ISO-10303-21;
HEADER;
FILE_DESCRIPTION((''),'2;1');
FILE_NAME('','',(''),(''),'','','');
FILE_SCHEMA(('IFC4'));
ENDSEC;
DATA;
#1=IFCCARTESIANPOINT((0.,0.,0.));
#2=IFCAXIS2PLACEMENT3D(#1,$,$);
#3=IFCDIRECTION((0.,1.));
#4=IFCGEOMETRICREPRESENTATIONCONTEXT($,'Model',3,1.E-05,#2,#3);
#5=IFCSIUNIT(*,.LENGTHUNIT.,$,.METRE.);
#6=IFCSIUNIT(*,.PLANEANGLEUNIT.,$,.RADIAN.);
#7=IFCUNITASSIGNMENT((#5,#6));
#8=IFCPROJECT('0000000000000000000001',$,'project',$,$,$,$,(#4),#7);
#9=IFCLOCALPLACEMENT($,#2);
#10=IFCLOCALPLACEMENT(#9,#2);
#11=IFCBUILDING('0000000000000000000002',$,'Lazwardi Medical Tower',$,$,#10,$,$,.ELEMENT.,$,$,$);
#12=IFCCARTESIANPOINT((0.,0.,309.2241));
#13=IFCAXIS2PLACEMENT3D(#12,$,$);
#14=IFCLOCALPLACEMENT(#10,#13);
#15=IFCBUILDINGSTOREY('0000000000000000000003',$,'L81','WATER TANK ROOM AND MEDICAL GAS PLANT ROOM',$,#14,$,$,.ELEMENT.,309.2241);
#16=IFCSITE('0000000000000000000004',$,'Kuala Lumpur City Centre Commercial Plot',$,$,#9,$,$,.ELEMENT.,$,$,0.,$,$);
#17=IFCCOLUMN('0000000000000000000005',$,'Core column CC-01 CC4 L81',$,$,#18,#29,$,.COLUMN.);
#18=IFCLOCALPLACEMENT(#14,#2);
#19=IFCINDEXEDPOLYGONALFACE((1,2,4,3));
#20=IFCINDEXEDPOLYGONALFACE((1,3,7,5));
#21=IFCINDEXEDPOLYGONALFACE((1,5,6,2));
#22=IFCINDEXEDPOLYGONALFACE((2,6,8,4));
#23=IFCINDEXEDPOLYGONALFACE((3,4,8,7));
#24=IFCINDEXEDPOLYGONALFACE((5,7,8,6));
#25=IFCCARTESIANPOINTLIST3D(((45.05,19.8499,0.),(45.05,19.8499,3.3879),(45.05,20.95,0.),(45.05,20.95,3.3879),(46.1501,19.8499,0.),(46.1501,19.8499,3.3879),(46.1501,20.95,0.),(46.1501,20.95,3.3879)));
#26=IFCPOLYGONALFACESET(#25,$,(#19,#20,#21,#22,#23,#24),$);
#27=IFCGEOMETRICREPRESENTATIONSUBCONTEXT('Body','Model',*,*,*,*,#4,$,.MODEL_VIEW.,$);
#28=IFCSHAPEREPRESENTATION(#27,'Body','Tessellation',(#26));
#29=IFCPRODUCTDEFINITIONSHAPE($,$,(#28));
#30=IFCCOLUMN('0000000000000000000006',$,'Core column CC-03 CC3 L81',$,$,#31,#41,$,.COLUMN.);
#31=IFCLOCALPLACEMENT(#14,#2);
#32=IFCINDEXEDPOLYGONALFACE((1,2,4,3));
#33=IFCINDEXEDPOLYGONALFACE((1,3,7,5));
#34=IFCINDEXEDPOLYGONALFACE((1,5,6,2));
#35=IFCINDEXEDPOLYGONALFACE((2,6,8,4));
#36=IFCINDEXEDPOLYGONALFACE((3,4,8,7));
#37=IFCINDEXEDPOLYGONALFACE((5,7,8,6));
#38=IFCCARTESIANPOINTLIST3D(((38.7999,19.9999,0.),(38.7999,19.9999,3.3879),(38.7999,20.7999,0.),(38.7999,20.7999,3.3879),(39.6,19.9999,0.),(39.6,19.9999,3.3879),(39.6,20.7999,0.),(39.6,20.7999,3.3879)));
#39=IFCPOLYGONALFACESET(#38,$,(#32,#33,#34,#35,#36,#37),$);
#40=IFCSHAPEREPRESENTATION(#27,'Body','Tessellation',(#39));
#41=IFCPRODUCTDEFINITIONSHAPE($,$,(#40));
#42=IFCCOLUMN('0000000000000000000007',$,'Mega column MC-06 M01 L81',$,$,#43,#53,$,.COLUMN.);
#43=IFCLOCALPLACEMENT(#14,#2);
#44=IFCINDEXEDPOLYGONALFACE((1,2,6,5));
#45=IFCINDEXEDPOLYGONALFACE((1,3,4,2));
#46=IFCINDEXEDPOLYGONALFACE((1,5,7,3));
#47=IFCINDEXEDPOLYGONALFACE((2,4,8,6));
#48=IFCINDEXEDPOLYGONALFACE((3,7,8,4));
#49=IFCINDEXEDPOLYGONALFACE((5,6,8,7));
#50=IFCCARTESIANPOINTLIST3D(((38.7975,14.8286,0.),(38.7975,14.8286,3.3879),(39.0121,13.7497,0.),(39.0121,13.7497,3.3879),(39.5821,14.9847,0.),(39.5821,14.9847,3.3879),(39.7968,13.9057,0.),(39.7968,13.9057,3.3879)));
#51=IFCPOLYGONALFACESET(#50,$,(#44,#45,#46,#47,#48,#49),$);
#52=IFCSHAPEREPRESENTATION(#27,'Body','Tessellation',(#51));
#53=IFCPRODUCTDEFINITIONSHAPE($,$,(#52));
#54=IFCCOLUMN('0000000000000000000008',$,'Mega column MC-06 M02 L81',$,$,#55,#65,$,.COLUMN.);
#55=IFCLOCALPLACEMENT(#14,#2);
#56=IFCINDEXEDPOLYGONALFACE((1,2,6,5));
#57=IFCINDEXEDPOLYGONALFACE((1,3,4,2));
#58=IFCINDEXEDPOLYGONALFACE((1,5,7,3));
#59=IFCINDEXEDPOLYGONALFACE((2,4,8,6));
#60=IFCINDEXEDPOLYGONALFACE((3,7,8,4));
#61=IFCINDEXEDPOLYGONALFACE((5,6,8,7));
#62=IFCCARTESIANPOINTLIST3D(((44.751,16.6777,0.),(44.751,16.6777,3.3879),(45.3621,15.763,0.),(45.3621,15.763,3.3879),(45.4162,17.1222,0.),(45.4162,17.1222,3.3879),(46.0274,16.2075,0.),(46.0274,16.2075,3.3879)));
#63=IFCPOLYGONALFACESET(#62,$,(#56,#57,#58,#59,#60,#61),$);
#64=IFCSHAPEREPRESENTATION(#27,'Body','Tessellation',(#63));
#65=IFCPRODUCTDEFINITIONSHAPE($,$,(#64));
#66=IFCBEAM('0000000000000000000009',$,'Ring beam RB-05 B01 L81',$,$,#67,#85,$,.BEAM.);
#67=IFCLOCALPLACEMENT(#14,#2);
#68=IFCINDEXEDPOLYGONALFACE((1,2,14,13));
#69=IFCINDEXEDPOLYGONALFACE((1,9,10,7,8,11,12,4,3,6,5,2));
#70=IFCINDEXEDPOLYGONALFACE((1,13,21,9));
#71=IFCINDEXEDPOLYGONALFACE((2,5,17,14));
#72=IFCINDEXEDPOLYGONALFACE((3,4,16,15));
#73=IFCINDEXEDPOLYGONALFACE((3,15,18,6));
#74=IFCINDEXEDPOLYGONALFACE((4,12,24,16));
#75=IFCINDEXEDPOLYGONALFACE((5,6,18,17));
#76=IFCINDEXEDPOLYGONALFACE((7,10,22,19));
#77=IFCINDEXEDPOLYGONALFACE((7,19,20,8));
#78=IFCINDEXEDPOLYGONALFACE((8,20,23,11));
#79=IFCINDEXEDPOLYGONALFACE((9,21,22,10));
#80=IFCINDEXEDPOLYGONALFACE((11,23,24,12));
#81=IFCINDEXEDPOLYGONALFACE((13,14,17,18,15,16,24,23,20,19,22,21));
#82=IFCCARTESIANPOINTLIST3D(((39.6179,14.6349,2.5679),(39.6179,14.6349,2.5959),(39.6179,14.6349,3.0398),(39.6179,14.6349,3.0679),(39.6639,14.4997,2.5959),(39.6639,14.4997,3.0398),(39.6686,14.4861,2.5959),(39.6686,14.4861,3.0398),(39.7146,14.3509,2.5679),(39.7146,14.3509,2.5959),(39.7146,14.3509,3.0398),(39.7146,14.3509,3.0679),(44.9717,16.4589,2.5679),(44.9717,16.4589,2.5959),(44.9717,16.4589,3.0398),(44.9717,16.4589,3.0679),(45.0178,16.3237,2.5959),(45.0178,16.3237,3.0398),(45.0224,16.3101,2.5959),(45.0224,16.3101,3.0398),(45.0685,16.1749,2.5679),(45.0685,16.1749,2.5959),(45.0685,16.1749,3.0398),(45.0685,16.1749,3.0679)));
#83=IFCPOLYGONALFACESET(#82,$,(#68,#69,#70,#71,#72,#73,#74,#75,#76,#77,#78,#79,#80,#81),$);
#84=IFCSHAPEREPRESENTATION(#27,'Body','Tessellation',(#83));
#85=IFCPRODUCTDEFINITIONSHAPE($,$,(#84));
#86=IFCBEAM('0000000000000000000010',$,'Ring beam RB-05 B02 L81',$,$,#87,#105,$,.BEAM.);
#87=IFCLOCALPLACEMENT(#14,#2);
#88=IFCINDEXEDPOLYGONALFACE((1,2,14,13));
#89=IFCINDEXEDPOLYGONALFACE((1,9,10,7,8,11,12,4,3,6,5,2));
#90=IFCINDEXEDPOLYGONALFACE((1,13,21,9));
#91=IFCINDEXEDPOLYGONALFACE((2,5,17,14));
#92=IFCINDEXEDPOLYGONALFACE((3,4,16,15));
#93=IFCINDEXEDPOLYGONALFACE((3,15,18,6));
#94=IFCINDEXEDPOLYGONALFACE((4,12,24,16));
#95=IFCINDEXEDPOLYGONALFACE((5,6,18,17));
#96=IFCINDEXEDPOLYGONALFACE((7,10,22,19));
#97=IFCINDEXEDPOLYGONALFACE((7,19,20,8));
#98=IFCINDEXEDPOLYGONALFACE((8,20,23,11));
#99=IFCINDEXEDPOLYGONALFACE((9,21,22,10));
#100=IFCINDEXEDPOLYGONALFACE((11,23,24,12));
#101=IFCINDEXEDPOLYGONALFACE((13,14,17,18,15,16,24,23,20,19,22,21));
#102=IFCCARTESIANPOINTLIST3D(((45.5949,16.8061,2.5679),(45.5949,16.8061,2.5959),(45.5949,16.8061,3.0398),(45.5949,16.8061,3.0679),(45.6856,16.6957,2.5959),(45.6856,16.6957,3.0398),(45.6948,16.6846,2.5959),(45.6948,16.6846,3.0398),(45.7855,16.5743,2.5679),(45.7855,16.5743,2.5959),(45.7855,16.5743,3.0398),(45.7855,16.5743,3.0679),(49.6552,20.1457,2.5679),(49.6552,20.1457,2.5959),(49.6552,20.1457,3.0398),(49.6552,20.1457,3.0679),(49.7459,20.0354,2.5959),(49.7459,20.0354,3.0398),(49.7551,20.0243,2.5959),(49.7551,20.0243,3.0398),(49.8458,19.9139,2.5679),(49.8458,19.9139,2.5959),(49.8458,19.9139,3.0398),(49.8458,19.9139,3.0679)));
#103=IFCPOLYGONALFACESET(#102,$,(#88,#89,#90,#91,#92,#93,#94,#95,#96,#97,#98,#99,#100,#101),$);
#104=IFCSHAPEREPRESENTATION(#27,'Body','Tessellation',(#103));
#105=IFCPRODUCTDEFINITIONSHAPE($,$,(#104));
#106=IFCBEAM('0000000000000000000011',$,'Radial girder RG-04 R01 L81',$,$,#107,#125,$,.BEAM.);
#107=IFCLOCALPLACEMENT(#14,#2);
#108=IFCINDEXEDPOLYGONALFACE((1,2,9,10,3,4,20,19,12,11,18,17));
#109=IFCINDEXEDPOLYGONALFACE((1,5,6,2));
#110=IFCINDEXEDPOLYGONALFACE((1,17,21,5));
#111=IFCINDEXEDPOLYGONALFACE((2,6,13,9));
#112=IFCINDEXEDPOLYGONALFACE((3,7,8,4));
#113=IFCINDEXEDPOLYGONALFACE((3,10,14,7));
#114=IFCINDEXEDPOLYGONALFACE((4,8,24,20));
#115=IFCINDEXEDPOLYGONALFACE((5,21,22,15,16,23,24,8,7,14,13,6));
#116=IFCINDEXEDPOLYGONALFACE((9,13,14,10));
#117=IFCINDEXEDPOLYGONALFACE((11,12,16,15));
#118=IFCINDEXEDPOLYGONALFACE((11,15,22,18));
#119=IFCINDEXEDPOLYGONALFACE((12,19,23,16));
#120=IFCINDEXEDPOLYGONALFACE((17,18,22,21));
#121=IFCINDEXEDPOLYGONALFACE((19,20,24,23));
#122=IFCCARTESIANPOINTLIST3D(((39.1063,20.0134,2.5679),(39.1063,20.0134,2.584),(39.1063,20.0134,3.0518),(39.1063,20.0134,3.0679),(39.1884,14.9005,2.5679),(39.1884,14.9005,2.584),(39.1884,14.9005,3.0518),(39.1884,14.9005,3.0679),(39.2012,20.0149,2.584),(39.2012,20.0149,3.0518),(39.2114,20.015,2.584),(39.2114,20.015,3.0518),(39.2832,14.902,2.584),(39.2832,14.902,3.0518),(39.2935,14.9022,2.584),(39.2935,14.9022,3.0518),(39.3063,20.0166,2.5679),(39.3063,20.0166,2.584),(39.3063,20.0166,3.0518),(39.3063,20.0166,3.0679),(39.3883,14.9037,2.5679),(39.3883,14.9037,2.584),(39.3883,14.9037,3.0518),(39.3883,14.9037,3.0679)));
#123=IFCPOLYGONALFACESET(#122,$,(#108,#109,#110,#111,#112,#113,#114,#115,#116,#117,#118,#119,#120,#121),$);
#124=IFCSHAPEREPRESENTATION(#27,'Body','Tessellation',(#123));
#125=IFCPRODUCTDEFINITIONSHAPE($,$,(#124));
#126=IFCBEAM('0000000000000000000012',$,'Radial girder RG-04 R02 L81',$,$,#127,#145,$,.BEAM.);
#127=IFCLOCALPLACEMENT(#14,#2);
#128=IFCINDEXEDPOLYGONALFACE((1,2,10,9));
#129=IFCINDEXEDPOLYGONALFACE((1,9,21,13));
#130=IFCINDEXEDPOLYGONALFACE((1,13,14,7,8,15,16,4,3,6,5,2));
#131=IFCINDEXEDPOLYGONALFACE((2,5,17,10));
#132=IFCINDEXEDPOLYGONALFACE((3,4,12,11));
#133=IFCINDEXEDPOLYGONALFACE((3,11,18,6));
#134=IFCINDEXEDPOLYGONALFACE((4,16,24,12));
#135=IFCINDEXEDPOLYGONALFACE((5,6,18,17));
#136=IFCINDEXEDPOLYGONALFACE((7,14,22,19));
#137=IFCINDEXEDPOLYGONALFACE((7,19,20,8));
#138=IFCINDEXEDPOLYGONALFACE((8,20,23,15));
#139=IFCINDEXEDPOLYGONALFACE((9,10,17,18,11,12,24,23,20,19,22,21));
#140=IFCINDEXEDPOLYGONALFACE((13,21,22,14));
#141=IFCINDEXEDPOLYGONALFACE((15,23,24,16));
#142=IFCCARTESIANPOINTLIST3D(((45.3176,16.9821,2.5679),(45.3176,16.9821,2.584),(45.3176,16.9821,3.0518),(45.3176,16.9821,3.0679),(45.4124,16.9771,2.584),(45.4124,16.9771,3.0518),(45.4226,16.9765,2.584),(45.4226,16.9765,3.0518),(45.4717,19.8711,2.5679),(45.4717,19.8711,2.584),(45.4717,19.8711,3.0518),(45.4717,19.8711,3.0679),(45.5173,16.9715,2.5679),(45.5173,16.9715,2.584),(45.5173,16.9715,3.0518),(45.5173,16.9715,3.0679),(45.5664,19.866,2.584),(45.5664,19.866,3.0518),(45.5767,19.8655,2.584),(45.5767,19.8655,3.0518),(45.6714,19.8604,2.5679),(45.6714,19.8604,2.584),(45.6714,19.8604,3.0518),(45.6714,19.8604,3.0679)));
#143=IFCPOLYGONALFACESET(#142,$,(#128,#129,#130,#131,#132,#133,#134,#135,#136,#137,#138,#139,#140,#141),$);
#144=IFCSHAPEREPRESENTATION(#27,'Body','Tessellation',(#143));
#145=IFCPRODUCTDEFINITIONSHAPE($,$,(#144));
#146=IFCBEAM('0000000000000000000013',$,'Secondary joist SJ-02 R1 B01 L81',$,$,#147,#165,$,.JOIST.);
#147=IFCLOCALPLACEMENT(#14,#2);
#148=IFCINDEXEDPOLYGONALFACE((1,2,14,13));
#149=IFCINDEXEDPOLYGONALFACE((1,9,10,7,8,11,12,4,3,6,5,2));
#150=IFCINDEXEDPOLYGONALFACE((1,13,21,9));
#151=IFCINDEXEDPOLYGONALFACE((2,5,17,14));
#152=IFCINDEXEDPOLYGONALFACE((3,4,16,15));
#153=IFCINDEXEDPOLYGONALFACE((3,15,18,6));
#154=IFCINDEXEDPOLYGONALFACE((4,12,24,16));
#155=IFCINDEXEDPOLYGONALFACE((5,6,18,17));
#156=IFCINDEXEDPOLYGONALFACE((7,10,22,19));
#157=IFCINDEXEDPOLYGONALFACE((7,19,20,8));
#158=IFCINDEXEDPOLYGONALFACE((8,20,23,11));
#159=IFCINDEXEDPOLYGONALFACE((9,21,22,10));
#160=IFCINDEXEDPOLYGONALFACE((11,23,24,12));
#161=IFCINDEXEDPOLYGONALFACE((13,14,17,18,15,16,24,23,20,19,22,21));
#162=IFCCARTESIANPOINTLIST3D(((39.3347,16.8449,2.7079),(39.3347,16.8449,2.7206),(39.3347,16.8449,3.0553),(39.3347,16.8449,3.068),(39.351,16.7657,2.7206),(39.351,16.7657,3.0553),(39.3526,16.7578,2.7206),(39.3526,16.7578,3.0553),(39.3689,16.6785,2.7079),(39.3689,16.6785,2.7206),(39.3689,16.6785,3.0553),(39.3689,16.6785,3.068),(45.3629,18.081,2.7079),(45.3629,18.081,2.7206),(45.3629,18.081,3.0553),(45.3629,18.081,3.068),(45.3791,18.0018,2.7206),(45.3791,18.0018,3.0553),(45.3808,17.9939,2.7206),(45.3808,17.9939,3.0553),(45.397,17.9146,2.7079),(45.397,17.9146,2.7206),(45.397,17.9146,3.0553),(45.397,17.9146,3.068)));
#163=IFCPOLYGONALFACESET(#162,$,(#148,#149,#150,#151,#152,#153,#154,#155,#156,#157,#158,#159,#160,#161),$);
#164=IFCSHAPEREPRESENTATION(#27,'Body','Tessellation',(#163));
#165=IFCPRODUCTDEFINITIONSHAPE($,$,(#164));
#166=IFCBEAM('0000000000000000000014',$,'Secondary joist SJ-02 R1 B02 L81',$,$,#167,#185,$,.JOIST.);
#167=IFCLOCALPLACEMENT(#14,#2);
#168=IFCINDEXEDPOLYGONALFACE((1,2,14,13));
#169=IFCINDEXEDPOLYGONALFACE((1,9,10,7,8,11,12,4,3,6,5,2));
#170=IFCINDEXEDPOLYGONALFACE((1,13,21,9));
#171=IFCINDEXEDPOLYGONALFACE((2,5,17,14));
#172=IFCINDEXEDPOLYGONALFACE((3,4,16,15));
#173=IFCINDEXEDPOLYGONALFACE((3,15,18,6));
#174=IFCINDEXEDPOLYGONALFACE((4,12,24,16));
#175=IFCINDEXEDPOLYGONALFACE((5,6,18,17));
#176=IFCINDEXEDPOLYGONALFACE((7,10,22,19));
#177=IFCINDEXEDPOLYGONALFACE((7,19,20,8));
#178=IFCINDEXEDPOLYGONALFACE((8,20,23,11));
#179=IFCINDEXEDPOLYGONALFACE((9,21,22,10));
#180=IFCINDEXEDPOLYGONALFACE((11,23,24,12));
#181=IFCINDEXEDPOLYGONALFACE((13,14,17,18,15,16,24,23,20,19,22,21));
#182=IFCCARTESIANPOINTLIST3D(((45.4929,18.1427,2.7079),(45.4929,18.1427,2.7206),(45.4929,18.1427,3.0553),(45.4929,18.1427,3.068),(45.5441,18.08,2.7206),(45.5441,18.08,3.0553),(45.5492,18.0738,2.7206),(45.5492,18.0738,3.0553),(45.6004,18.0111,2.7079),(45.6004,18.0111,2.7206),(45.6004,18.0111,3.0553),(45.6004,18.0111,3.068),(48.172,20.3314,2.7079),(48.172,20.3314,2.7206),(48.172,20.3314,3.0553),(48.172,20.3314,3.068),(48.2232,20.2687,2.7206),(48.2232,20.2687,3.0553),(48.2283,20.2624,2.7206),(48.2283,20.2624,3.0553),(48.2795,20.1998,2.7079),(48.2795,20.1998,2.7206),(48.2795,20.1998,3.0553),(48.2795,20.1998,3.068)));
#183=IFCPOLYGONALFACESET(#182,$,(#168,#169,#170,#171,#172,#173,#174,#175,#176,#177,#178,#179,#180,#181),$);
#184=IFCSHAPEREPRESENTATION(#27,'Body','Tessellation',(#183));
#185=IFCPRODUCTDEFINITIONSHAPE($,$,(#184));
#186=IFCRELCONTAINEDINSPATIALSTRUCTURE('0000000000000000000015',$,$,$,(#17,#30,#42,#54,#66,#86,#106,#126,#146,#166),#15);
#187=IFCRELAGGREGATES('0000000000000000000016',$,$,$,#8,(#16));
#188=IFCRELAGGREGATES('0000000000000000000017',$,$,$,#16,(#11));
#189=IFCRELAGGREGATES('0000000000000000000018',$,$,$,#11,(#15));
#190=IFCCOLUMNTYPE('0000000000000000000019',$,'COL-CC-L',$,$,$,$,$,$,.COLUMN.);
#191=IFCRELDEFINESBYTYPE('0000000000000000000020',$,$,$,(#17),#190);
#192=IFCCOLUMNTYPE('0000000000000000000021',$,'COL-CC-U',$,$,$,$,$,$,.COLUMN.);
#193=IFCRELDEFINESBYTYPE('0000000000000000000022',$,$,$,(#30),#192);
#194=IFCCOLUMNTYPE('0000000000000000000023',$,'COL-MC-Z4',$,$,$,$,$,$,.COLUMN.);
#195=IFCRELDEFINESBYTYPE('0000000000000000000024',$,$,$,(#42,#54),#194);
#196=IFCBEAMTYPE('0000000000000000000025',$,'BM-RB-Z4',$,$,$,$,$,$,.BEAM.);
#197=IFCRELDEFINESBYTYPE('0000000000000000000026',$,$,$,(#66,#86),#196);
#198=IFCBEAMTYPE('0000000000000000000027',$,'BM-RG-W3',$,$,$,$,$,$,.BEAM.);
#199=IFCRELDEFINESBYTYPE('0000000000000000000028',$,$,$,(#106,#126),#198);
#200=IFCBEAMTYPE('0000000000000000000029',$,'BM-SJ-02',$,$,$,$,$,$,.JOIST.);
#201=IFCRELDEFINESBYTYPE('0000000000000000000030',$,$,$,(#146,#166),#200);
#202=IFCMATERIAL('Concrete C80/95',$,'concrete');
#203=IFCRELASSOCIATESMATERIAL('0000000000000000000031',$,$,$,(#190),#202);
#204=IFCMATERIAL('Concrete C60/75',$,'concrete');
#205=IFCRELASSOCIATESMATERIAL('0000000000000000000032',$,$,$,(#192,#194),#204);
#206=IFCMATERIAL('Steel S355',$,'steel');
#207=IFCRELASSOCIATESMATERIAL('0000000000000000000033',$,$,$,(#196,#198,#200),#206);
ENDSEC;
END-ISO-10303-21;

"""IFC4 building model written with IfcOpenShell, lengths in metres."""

from ifc_helpers import new_model, si_unit, direction, frame, origin, origin_2d, place, context, subcontext, project, spatial, rectangle, i_section, extrude, material, material_profile, profile_set, type_object, element, save


model = new_model("IFC4")

# Units and contexts
model_context = context("Model", 3, precision=1e-05, world=origin(), true_north=direction((0.0, 1.0)))
body_context = subcontext(model_context, "Body", "Model", "MODEL_VIEW")
ifc_project = project(units=[si_unit("LENGTHUNIT", "METRE"), si_unit("PLANEANGLEUNIT", "RADIAN")], contexts=[model_context])

# Site, building, storey
site_placement = place(None, origin())
site = spatial("IfcSite", under=ifc_project, at=site_placement, Name="Kuala Lumpur City Centre Commercial Plot", CompositionType="ELEMENT", RefElevation=0.0)
building_placement = place(site_placement, origin())
building = spatial("IfcBuilding", under=site, at=building_placement, Name="Lazwardi Medical Tower", CompositionType="ELEMENT")
storey_placement = place(building_placement, frame((0.0, 0.0, 309.2241)))
storey = spatial("IfcBuildingStorey", under=building, at=storey_placement, Name="L81", Description="WATER TANK ROOM AND MEDICAL GAS PLANT ROOM", CompositionType="ELEMENT", Elevation=309.2241)

# Columns
ifc_material_1 = material(Name="Concrete C80/95", Category="concrete")
ifc_material_profile_1 = material_profile(ifc_material_1, rectangle(XDim=1.1001, YDim=1.1001, at=origin_2d()), Name="RC 1100x1100")
ifc_profile_set_1 = profile_set([ifc_material_profile_1], Name="Concrete C80/95")
column_type_1 = type_object("IfcColumnType", Name="COL-CC-L", PredefinedType="COLUMN", material=ifc_profile_set_1)
column_1_placement = place(storey_placement, frame((45.6001, 20.3999, 0.0), z_axis=(0.0, 0.0, 1.0), x_axis=(1.0, 0.0, 0.0)))
element("IfcColumn", 1, at=column_1_placement, inside=storey, type_object=column_type_1, Name="Core column CC-01 CC4 L81", PredefinedType="COLUMN", context=body_context, shape_type="SweptSolid", body=[
    extrude(rectangle(XDim=1.1001, YDim=1.1001, at=origin_2d()), origin(), (0.0, 0.0, 1.0), 3.3879),
])
ifc_material_2 = material(Name="Concrete C60/75", Category="concrete")
ifc_material_profile_2 = material_profile(ifc_material_2, rectangle(XDim=0.8, YDim=0.8, at=origin_2d()), Name="RC 800x800")
ifc_profile_set_2 = profile_set([ifc_material_profile_2], Name="Concrete C60/75")
column_type_2 = type_object("IfcColumnType", Name="COL-CC-U", PredefinedType="COLUMN", material=ifc_profile_set_2)
column_2_placement = place(storey_placement, frame((39.2, 20.3999, 0.0), z_axis=(0.0, 0.0, 1.0), x_axis=(1.0, 0.0, 0.0)))
element("IfcColumn", 2, at=column_2_placement, inside=storey, type_object=column_type_2, Name="Core column CC-03 CC3 L81", PredefinedType="COLUMN", context=body_context, shape_type="SweptSolid", body=[
    extrude(rectangle(XDim=0.8, YDim=0.8, at=origin_2d()), origin(), (0.0, 0.0, 1.0), 3.3879),
])
ifc_material_profile_3 = material_profile(ifc_material_2, rectangle(XDim=1.1001, YDim=0.8, at=origin_2d()), Name="CFT-RECT 1100x800")
ifc_profile_set_3 = profile_set([ifc_material_profile_3], Name="Concrete C60/75")
column_type_3 = type_object("IfcColumnType", Name="COL-MC-Z4", PredefinedType="COLUMN", material=ifc_profile_set_3)
for number, where, z_axis, x_axis, name in (
    (3, (39.2971, 14.3672, 0.0), (0.0, 0.0, 1.0), (0.19509, -0.980785, 0.0), "Mega column MC-06 M01 L81"),
    (4, (45.3892, 16.4426, 0.0), (0.0, 0.0, 1.0), (0.55557, -0.83147, 0.0), "Mega column MC-06 M02 L81"),
):
    element("IfcColumn", number, at=place(storey_placement, frame(where, z_axis=z_axis, x_axis=x_axis)), inside=storey, type_object=column_type_3, Name=name, PredefinedType="COLUMN", context=body_context, shape_type="SweptSolid", body=[
        extrude(rectangle(XDim=1.1001, YDim=0.8, at=origin_2d()), origin(), (0.0, 0.0, 1.0), 3.3879),
    ])

# Beams
ifc_material_3 = material(Name="Steel S355", Category="steel")
ifc_material_profile_4 = material_profile(ifc_material_3, i_section(OverallWidth=0.3, OverallDepth=0.5, WebThickness=0.0144, FlangeThickness=0.0281, at=origin_2d()), Name="HEB 500")
ifc_profile_set_4 = profile_set([ifc_material_profile_4], Name="Steel S355")
beam_type_1 = type_object("IfcBeamType", Name="BM-RB-Z4", PredefinedType="BEAM", material=ifc_profile_set_4)
beam_1_placement = place(storey_placement, frame((39.6663, 14.4929, 2.8179), z_axis=(0.946573, 0.322488, 0.0), x_axis=(-0.322488, 0.946573, 0.0)))
element("IfcBeam", 5, at=beam_1_placement, inside=storey, type_object=beam_type_1, Name="Ring beam RB-05 B01 L81", PredefinedType="BEAM", context=body_context, shape_type="SweptSolid", body=[
    extrude(i_section(OverallWidth=0.3, OverallDepth=0.5, WebThickness=0.0144, FlangeThickness=0.0281, at=origin_2d()), origin(), (0.0, 0.0, 1.0), 5.656),
])
beam_2_placement = place(storey_placement, frame((45.6902, 16.6902, 2.8179), z_axis=(0.77232, 0.635233, 0.0), x_axis=(-0.635233, 0.77232, 0.0)))
element("IfcBeam", 6, at=beam_2_placement, inside=storey, type_object=beam_type_1, Name="Ring beam RB-05 B02 L81", PredefinedType="BEAM", context=body_context, shape_type="SweptSolid", body=[
    extrude(i_section(OverallWidth=0.3, OverallDepth=0.5, WebThickness=0.0144, FlangeThickness=0.0281, at=origin_2d()), origin(), (0.0, 0.0, 1.0), 5.2573),
])
ifc_material_profile_5 = material_profile(ifc_material_3, i_section(OverallWidth=0.2, OverallDepth=0.5, WebThickness=0.0103, FlangeThickness=0.0161, at=origin_2d()), Name="IPE 500")
ifc_profile_set_5 = profile_set([ifc_material_profile_5], Name="Steel S355")
beam_type_2 = type_object("IfcBeamType", Name="BM-RG-W3", PredefinedType="BEAM", material=ifc_profile_set_5)
beam_3_placement = place(storey_placement, frame((39.2883, 14.9021, 2.8179), z_axis=(-0.016042, 0.999871, 0.0), x_axis=(-0.999871, -0.016042, 0.0)))
element("IfcBeam", 7, at=beam_3_placement, inside=storey, type_object=beam_type_2, Name="Radial girder RG-04 R01 L81", PredefinedType="BEAM", context=body_context, shape_type="SweptSolid", body=[
    extrude(i_section(OverallWidth=0.2, OverallDepth=0.5, WebThickness=0.0103, FlangeThickness=0.0161, at=origin_2d()), origin(), (0.0, 0.0, 1.0), 5.1135),
])
beam_4_placement = place(storey_placement, frame((45.4175, 16.9768, 2.8179), z_axis=(0.05325, 0.998581, 0.0), x_axis=(-0.998581, 0.05325, 0.0)))
element("IfcBeam", 8, at=beam_4_placement, inside=storey, type_object=beam_type_2, Name="Radial girder RG-04 R02 L81", PredefinedType="BEAM", context=body_context, shape_type="SweptSolid", body=[
    extrude(i_section(OverallWidth=0.2, OverallDepth=0.5, WebThickness=0.0103, FlangeThickness=0.0161, at=origin_2d()), origin(), (0.0, 0.0, 1.0), 2.8931),
])
ifc_material_profile_6 = material_profile(ifc_material_3, i_section(OverallWidth=0.1699, OverallDepth=0.3601, WebThickness=0.0081, FlangeThickness=0.0127, at=origin_2d()), Name="IPE 360")
ifc_profile_set_6 = profile_set([ifc_material_profile_6], Name="Steel S355")
beam_type_3 = type_object("IfcBeamType", Name="BM-SJ-02", PredefinedType="JOIST", material=ifc_profile_set_6)
beam_5_placement = place(storey_placement, frame((39.3518, 16.7617, 2.8879), z_axis=(0.979617, 0.200875, 0.0), x_axis=(-0.200875, 0.979617, 0.0)))
element("IfcBeam", 9, at=beam_5_placement, inside=storey, type_object=beam_type_3, Name="Secondary joist SJ-02 R1 B01 L81", PredefinedType="JOIST", context=body_context, shape_type="SweptSolid", body=[
    extrude(i_section(OverallWidth=0.1699, OverallDepth=0.3601, WebThickness=0.0081, FlangeThickness=0.0127, at=origin_2d()), origin(), (0.0, 0.0, 1.0), 6.1536),
])
beam_6_placement = place(storey_placement, frame((45.5466, 18.0769, 2.8879), z_axis=(0.774432, 0.632657, 0.0), x_axis=(-0.632657, 0.774432, 0.0)))
element("IfcBeam", 10, at=beam_6_placement, inside=storey, type_object=beam_type_3, Name="Secondary joist SJ-02 R1 B02 L81", PredefinedType="JOIST", context=body_context, shape_type="SweptSolid", body=[
    extrude(i_section(OverallWidth=0.1699, OverallDepth=0.3601, WebThickness=0.0081, FlangeThickness=0.0127, at=origin_2d()), origin(), (0.0, 0.0, 1.0), 3.4595),
])

save(model, "model.ifc")
